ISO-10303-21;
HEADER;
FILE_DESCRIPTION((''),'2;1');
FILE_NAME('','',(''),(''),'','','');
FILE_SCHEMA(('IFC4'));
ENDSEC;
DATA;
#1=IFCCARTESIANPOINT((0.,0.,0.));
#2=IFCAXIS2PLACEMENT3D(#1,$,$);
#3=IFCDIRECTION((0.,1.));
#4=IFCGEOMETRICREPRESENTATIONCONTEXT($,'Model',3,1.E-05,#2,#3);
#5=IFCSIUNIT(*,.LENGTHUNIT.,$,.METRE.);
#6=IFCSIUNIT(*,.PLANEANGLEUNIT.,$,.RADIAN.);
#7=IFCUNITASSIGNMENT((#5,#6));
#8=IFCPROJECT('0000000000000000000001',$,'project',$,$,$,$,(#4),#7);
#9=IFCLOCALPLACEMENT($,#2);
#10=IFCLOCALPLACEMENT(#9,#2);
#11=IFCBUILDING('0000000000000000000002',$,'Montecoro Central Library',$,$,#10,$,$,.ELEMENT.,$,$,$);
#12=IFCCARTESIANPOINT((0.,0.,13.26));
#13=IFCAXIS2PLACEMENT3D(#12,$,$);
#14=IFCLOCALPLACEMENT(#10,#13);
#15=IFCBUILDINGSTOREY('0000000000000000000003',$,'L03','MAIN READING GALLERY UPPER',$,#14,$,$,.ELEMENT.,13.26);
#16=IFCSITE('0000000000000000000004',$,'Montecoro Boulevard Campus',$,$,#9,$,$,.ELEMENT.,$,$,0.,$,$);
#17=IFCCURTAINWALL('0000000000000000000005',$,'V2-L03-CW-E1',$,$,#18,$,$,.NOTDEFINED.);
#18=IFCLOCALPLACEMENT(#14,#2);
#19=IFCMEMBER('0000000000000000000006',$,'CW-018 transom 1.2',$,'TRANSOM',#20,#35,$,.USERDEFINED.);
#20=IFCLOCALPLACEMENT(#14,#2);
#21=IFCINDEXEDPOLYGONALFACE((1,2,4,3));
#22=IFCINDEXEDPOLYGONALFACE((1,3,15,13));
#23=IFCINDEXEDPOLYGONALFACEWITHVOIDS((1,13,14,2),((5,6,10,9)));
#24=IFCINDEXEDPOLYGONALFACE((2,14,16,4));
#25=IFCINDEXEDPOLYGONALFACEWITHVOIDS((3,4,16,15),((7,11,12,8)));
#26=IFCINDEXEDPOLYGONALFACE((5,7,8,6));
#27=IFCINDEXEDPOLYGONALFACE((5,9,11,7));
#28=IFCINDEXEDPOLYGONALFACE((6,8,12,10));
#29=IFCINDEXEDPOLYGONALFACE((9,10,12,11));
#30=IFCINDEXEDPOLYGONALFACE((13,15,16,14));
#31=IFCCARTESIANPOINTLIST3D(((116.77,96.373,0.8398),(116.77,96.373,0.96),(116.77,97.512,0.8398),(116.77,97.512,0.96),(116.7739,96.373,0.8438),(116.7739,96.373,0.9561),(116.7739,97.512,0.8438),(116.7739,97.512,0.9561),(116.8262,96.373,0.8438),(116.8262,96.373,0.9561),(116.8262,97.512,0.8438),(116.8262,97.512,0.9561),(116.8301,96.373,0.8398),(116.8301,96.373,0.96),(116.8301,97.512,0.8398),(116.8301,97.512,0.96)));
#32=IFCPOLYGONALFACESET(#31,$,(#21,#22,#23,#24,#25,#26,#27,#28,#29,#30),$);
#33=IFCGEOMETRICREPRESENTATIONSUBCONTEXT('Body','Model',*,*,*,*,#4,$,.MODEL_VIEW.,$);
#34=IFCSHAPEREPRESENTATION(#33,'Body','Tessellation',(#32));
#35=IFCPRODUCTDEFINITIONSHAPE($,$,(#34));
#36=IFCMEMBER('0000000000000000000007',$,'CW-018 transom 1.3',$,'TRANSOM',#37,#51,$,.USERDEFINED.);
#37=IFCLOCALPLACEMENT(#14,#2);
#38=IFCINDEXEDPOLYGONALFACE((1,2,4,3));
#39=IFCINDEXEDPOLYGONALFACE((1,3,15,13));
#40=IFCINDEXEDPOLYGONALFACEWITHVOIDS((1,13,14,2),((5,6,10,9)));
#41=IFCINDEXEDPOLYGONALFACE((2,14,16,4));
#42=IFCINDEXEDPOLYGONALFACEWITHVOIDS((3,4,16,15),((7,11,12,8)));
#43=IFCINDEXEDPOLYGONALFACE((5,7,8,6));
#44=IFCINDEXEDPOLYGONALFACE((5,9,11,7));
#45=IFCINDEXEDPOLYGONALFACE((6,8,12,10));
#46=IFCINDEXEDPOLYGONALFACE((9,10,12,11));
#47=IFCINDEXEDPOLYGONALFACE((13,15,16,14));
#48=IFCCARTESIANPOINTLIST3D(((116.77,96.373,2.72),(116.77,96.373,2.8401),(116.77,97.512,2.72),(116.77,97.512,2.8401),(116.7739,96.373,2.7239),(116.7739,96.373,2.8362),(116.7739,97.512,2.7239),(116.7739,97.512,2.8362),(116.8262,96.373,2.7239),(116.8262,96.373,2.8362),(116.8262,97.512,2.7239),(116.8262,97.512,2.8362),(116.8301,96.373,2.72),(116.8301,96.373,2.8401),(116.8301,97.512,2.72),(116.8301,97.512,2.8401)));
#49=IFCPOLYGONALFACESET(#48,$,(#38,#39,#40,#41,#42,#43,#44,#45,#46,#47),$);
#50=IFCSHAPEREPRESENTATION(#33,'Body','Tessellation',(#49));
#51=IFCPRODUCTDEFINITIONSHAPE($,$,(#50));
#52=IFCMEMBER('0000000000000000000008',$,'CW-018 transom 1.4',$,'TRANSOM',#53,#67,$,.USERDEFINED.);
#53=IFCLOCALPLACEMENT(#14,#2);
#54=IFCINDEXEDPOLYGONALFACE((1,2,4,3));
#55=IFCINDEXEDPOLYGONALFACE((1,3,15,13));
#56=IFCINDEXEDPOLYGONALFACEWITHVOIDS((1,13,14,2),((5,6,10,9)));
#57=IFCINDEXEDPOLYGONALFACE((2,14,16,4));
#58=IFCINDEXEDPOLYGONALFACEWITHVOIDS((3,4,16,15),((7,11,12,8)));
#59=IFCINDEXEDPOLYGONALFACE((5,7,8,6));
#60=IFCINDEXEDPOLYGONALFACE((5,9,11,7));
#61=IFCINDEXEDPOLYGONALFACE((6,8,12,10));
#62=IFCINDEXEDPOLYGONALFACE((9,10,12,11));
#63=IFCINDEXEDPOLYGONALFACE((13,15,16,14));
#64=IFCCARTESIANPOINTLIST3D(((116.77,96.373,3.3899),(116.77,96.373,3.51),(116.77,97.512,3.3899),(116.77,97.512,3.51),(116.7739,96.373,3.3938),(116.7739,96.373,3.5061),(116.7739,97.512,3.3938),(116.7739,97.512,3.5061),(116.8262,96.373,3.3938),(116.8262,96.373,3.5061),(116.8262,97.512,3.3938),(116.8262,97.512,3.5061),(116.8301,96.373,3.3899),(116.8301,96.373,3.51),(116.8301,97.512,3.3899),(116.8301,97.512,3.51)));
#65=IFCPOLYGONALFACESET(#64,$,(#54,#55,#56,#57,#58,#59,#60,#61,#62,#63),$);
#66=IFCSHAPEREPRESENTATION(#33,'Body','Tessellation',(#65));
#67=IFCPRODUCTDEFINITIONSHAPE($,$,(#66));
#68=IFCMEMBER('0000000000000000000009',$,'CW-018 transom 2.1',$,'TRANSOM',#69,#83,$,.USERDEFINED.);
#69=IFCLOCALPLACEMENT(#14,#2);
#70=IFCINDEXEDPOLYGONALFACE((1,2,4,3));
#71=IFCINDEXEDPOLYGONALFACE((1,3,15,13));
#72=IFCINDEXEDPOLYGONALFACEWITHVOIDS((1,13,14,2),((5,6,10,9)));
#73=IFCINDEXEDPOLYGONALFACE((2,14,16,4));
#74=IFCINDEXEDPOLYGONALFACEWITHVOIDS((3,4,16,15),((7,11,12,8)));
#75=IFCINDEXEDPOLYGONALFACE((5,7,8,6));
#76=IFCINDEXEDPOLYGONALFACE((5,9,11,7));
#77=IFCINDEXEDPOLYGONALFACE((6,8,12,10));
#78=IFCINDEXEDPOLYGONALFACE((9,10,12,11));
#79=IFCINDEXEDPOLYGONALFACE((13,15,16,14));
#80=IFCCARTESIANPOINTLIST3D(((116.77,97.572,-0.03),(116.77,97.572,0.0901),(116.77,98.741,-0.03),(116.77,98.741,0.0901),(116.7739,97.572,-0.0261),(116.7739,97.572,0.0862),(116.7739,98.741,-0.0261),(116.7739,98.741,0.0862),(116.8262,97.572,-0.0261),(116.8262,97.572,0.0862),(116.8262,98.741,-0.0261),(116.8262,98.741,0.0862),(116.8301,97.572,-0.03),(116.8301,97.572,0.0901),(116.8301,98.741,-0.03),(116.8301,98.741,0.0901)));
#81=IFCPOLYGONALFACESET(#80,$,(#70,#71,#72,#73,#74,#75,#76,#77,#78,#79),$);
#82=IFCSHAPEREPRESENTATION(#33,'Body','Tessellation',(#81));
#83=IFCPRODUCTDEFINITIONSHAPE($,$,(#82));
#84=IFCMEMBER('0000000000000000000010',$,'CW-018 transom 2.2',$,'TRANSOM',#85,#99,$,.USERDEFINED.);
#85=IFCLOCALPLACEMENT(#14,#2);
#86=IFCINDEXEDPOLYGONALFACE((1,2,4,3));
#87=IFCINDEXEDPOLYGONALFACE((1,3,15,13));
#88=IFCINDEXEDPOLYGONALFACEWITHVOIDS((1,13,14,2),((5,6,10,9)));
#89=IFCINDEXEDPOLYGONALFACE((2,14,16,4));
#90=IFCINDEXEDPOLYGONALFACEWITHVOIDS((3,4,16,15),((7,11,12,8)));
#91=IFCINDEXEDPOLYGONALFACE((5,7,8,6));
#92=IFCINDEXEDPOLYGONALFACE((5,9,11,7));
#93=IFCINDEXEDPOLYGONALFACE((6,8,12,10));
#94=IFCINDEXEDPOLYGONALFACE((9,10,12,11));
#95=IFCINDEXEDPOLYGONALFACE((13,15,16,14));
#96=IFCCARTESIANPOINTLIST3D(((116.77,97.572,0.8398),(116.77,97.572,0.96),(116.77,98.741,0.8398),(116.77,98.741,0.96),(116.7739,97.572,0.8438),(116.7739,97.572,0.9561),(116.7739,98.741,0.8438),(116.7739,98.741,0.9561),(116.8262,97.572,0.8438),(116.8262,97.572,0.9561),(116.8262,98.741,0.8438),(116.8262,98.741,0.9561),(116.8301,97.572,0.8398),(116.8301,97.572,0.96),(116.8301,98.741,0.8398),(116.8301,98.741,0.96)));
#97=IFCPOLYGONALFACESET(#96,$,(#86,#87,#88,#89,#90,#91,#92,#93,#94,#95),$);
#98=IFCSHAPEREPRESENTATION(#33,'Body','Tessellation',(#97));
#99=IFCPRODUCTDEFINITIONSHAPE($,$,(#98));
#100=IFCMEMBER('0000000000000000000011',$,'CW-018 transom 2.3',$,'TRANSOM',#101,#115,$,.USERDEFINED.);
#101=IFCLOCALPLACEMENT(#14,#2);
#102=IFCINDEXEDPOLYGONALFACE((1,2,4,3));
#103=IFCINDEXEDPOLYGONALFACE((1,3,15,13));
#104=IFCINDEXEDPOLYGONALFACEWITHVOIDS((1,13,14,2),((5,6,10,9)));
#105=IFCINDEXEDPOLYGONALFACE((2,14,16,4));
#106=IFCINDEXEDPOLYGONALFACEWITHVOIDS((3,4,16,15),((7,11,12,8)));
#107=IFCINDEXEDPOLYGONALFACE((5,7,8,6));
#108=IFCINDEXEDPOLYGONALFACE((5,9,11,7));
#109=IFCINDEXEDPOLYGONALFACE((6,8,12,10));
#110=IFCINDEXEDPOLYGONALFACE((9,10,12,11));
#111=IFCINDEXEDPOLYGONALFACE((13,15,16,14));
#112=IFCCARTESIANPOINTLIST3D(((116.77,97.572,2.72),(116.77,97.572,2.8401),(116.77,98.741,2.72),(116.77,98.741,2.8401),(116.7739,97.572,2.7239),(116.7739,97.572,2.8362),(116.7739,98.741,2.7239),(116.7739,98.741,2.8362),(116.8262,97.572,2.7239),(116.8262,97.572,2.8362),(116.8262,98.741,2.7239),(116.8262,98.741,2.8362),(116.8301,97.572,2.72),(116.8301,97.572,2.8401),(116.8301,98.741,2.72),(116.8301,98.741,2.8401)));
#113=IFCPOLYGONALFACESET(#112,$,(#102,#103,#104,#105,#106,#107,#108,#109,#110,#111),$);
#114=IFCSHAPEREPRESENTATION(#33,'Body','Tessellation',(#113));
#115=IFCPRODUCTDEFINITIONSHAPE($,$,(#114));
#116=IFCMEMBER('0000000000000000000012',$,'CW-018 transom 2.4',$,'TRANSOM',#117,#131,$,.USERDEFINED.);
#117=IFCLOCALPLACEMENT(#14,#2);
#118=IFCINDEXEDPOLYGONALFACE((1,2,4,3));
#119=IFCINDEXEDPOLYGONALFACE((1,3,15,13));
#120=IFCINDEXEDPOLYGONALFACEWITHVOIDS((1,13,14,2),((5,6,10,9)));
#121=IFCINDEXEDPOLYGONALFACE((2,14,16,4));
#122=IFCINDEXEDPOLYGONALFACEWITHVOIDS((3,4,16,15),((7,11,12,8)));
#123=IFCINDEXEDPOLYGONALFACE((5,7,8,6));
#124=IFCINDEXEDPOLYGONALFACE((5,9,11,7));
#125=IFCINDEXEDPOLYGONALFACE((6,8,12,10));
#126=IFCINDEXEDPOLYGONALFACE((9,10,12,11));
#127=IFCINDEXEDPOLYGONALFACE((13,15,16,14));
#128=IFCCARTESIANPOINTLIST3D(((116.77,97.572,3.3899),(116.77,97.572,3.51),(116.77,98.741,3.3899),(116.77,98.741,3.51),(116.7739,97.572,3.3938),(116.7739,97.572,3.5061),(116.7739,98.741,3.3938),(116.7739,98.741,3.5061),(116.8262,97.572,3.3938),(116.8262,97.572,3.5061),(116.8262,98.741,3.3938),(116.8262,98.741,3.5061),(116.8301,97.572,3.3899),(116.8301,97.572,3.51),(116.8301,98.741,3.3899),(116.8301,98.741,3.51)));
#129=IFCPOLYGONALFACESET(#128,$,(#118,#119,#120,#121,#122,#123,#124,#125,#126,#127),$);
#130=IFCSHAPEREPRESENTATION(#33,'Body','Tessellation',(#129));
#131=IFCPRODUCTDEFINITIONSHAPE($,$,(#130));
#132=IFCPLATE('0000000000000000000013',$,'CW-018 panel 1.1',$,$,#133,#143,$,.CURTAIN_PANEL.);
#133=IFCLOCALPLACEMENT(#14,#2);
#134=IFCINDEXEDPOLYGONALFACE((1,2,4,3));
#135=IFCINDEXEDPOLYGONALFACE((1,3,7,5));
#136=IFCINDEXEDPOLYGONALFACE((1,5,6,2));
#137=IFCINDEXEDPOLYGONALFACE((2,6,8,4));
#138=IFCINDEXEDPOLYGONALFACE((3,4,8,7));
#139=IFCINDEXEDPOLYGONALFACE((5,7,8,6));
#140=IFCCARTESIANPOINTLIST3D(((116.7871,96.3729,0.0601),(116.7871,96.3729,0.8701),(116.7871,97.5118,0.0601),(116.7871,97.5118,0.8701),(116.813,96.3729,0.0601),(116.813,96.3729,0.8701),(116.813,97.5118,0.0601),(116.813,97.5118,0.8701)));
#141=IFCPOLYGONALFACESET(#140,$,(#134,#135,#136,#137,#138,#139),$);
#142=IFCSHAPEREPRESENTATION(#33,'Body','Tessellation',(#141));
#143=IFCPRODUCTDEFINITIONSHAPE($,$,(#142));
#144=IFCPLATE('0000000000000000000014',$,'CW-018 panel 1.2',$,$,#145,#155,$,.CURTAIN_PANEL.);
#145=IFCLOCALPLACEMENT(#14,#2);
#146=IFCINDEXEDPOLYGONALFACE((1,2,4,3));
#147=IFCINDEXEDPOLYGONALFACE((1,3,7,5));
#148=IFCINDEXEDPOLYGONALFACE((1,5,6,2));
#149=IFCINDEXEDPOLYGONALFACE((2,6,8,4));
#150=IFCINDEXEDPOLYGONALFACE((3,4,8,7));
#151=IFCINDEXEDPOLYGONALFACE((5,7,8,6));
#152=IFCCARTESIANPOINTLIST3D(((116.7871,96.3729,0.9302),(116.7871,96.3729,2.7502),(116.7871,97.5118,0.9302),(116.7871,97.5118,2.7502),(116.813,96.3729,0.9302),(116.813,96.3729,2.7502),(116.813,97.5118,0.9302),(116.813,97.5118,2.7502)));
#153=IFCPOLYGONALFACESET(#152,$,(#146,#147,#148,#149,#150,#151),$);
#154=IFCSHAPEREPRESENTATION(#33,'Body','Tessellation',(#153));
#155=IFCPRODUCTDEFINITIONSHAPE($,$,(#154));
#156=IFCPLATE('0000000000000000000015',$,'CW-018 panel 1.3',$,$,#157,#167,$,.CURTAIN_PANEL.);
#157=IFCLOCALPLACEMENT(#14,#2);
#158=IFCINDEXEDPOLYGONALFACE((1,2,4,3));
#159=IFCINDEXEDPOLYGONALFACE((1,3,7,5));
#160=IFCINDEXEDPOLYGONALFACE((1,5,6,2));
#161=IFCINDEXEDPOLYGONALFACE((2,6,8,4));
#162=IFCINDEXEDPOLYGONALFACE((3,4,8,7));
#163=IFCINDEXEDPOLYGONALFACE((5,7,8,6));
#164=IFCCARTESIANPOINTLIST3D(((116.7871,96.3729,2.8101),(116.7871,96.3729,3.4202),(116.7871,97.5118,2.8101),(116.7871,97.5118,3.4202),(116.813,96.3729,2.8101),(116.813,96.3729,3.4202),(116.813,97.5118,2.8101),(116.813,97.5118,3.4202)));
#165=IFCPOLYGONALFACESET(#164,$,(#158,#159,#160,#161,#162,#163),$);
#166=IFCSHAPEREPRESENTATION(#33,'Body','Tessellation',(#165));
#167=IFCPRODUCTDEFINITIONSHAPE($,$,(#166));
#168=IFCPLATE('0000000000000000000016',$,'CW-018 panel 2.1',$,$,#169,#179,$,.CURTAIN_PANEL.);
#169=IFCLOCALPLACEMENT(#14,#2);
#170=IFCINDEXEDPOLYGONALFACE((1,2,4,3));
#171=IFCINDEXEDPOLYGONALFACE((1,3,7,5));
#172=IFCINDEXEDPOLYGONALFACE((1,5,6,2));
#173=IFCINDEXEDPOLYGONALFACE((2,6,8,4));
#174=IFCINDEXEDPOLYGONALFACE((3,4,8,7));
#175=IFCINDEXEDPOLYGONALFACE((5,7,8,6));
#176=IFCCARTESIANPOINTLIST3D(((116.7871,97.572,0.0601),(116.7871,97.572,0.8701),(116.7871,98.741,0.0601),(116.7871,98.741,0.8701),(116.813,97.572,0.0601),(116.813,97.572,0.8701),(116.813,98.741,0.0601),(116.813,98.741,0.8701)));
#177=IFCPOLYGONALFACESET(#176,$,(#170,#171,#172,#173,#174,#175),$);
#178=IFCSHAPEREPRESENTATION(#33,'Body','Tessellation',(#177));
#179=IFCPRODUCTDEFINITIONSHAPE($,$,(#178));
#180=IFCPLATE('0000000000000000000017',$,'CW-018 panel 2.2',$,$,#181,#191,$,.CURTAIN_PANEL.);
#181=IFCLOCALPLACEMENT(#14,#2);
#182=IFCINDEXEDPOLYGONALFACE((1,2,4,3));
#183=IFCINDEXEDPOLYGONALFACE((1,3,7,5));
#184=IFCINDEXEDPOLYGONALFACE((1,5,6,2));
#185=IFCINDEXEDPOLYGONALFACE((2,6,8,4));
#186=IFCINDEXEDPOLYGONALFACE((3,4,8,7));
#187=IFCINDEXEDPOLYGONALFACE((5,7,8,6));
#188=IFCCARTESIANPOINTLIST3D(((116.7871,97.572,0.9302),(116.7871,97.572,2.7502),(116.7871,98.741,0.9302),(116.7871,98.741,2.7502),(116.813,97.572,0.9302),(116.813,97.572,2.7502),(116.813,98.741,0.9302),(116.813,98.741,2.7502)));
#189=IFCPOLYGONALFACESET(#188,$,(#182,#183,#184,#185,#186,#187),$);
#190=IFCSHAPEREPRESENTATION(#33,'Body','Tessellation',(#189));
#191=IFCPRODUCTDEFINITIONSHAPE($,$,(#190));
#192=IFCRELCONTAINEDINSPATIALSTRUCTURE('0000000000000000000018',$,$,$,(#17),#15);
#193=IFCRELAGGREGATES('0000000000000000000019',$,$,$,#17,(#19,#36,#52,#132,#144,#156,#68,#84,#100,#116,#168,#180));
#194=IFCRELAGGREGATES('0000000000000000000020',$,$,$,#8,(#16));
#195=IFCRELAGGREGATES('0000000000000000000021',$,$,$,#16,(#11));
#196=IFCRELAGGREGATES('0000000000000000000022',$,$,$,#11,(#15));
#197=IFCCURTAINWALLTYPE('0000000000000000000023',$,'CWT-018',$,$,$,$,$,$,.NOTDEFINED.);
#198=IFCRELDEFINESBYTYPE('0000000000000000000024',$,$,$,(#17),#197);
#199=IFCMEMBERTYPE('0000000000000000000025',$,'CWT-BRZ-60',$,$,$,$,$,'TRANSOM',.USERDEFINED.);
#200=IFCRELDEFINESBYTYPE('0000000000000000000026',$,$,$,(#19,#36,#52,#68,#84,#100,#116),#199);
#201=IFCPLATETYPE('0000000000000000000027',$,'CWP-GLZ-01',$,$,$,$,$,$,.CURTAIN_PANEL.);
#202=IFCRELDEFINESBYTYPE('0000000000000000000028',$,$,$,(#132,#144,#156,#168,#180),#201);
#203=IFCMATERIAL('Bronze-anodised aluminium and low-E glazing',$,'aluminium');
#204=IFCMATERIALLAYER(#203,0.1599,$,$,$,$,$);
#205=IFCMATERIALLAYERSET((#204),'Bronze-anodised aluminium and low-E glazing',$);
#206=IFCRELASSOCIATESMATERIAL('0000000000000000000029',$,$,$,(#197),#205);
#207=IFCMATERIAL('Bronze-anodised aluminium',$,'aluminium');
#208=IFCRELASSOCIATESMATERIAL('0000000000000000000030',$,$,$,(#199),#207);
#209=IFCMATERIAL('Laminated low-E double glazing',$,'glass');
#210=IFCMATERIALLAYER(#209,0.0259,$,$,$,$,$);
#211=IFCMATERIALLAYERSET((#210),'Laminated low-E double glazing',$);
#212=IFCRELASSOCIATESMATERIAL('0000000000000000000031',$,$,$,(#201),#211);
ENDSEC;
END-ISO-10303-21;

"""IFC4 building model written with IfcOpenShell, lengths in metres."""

from ifc_helpers import new_model, si_unit, direction, frame, origin, origin_2d, place, context, subcontext, project, spatial, rectangle, hollow_rectangle, extrude, material, layer, layer_set, material_profile, profile_set, type_object, element, aggregate, save


model = new_model("IFC4")

# Units and contexts
model_context = context("Model", 3, precision=1e-05, world=origin(), true_north=direction((0.0, 1.0)))
body_context = subcontext(model_context, "Body", "Model", "MODEL_VIEW")
ifc_project = project(units=[si_unit("LENGTHUNIT", "METRE"), si_unit("PLANEANGLEUNIT", "RADIAN")], contexts=[model_context])

# Site, building, storey
site_placement = place(None, origin())
site = spatial("IfcSite", under=ifc_project, at=site_placement, Name="Montecoro Boulevard Campus", CompositionType="ELEMENT", RefElevation=0.0)
building_placement = place(site_placement, origin())
building = spatial("IfcBuilding", under=site, at=building_placement, Name="Montecoro Central Library", CompositionType="ELEMENT")
storey_placement = place(building_placement, frame((0.0, 0.0, 13.26)))
storey = spatial("IfcBuildingStorey", under=building, at=storey_placement, Name="L03", Description="MAIN READING GALLERY UPPER", CompositionType="ELEMENT", Elevation=13.26)

# Curtain wall, members, plates
ifc_material_1 = material(Name="Bronze-anodised aluminium and low-E glazing", Category="aluminium")
ifc_layer_1 = layer(ifc_material_1, 0.1599)
ifc_layer_set_1 = layer_set([ifc_layer_1], Name="Bronze-anodised aluminium and low-E glazing")
curtain_wall_type = type_object("IfcCurtainWallType", Name="CWT-018", PredefinedType="NOTDEFINED", material=ifc_layer_set_1)
curtain_wall_placement = place(storey_placement, origin())
curtain_wall = element("IfcCurtainWall", 1, at=curtain_wall_placement, inside=storey, type_object=curtain_wall_type, Name="V2-L03-CW-E1", PredefinedType="NOTDEFINED")
ifc_material_2 = material(Name="Bronze-anodised aluminium", Category="aluminium")
ifc_material_profile_1 = material_profile(ifc_material_2, hollow_rectangle(XDim=0.0601, YDim=0.1201, WallThickness=0.0039, at=origin_2d()), Name="CWT 120x60x4.0")
ifc_profile_set_1 = profile_set([ifc_material_profile_1], Name="Bronze-anodised aluminium")
member_type_1 = type_object("IfcMemberType", Name="CWT-BRZ-60", ElementType="TRANSOM", PredefinedType="USERDEFINED", material=ifc_profile_set_1)
member_1_placement = place(storey_placement, frame((116.8, 96.373, 0.8999), z_axis=(0.0, 1.0, 0.0), x_axis=(-1.0, 0.0, 0.0)))
member_1 = element("IfcMember", 2, at=member_1_placement, type_object=member_type_1, Name="CW-018 transom 1.2", ObjectType="TRANSOM", PredefinedType="USERDEFINED", context=body_context, shape_type="SweptSolid", body=[
    extrude(hollow_rectangle(XDim=0.0601, YDim=0.1201, WallThickness=0.0039, at=origin_2d()), origin(), (0.0, 0.0, 1.0), 1.1389),
])
member_2_placement = place(storey_placement, frame((116.8, 96.373, 2.78), z_axis=(0.0, 1.0, 0.0), x_axis=(-1.0, 0.0, 0.0)))
member_2 = element("IfcMember", 3, at=member_2_placement, type_object=member_type_1, Name="CW-018 transom 1.3", ObjectType="TRANSOM", PredefinedType="USERDEFINED", context=body_context, shape_type="SweptSolid", body=[
    extrude(hollow_rectangle(XDim=0.0601, YDim=0.1201, WallThickness=0.0039, at=origin_2d()), origin(), (0.0, 0.0, 1.0), 1.1389),
])
member_3_placement = place(storey_placement, frame((116.8, 96.373, 3.45), z_axis=(0.0, 1.0, 0.0), x_axis=(-1.0, 0.0, 0.0)))
member_3 = element("IfcMember", 4, at=member_3_placement, type_object=member_type_1, Name="CW-018 transom 1.4", ObjectType="TRANSOM", PredefinedType="USERDEFINED", context=body_context, shape_type="SweptSolid", body=[
    extrude(hollow_rectangle(XDim=0.0601, YDim=0.1201, WallThickness=0.0039, at=origin_2d()), origin(), (0.0, 0.0, 1.0), 1.1389),
])
member_4_placement = place(storey_placement, frame((116.8, 97.572, 0.03), z_axis=(0.0, 1.0, 0.0), x_axis=(-1.0, 0.0, 0.0)))
member_4 = element("IfcMember", 5, at=member_4_placement, type_object=member_type_1, Name="CW-018 transom 2.1", ObjectType="TRANSOM", PredefinedType="USERDEFINED", context=body_context, shape_type="SweptSolid", body=[
    extrude(hollow_rectangle(XDim=0.0601, YDim=0.1201, WallThickness=0.0039, at=origin_2d()), origin(), (0.0, 0.0, 1.0), 1.1689),
])
member_5_placement = place(storey_placement, frame((116.8, 97.572, 0.8999), z_axis=(0.0, 1.0, 0.0), x_axis=(-1.0, 0.0, 0.0)))
member_5 = element("IfcMember", 6, at=member_5_placement, type_object=member_type_1, Name="CW-018 transom 2.2", ObjectType="TRANSOM", PredefinedType="USERDEFINED", context=body_context, shape_type="SweptSolid", body=[
    extrude(hollow_rectangle(XDim=0.0601, YDim=0.1201, WallThickness=0.0039, at=origin_2d()), origin(), (0.0, 0.0, 1.0), 1.1689),
])
member_6_placement = place(storey_placement, frame((116.8, 97.572, 2.78), z_axis=(0.0, 1.0, 0.0), x_axis=(-1.0, 0.0, 0.0)))
member_6 = element("IfcMember", 7, at=member_6_placement, type_object=member_type_1, Name="CW-018 transom 2.3", ObjectType="TRANSOM", PredefinedType="USERDEFINED", context=body_context, shape_type="SweptSolid", body=[
    extrude(hollow_rectangle(XDim=0.0601, YDim=0.1201, WallThickness=0.0039, at=origin_2d()), origin(), (0.0, 0.0, 1.0), 1.1689),
])
member_7_placement = place(storey_placement, frame((116.8, 97.572, 3.45), z_axis=(0.0, 1.0, 0.0), x_axis=(-1.0, 0.0, 0.0)))
member_7 = element("IfcMember", 8, at=member_7_placement, type_object=member_type_1, Name="CW-018 transom 2.4", ObjectType="TRANSOM", PredefinedType="USERDEFINED", context=body_context, shape_type="SweptSolid", body=[
    extrude(hollow_rectangle(XDim=0.0601, YDim=0.1201, WallThickness=0.0039, at=origin_2d()), origin(), (0.0, 0.0, 1.0), 1.1689),
])
ifc_material_3 = material(Name="Laminated low-E double glazing", Category="glass")
ifc_layer_2 = layer(ifc_material_3, 0.0259)
ifc_layer_set_2 = layer_set([ifc_layer_2], Name="Laminated low-E double glazing")
plate_type = type_object("IfcPlateType", Name="CWP-GLZ-01", PredefinedType="CURTAIN_PANEL", material=ifc_layer_set_2)
plate_1_placement = place(storey_placement, frame((116.8, 96.9424, 0.0601), z_axis=(0.0, 0.0, 1.0), x_axis=(0.0, 1.0, 0.0)))
plate_1 = element("IfcPlate", 9, at=plate_1_placement, type_object=plate_type, Name="CW-018 panel 1.1", PredefinedType="CURTAIN_PANEL", context=body_context, shape_type="SweptSolid", body=[
    extrude(rectangle(XDim=1.1389, YDim=0.0259, at=origin_2d()), origin(), (0.0, 0.0, 1.0), 0.8101),
])
plate_2_placement = place(storey_placement, frame((116.8, 96.9424, 0.9302), z_axis=(0.0, 0.0, 1.0), x_axis=(0.0, 1.0, 0.0)))
plate_2 = element("IfcPlate", 10, at=plate_2_placement, type_object=plate_type, Name="CW-018 panel 1.2", PredefinedType="CURTAIN_PANEL", context=body_context, shape_type="SweptSolid", body=[
    extrude(rectangle(XDim=1.1389, YDim=0.0259, at=origin_2d()), origin(), (0.0, 0.0, 1.0), 1.8201),
])
plate_3_placement = place(storey_placement, frame((116.8, 96.9424, 2.8101), z_axis=(0.0, 0.0, 1.0), x_axis=(0.0, 1.0, 0.0)))
plate_3 = element("IfcPlate", 11, at=plate_3_placement, type_object=plate_type, Name="CW-018 panel 1.3", PredefinedType="CURTAIN_PANEL", context=body_context, shape_type="SweptSolid", body=[
    extrude(rectangle(XDim=1.1389, YDim=0.0259, at=origin_2d()), origin(), (0.0, 0.0, 1.0), 0.6101),
])
plate_4_placement = place(storey_placement, frame((116.8, 98.1565, 0.0601), z_axis=(0.0, 0.0, 1.0), x_axis=(0.0, 1.0, 0.0)))
plate_4 = element("IfcPlate", 12, at=plate_4_placement, type_object=plate_type, Name="CW-018 panel 2.1", PredefinedType="CURTAIN_PANEL", context=body_context, shape_type="SweptSolid", body=[
    extrude(rectangle(XDim=1.1689, YDim=0.0259, at=origin_2d()), origin(), (0.0, 0.0, 1.0), 0.8101),
])
plate_5_placement = place(storey_placement, frame((116.8, 98.1565, 0.9302), z_axis=(0.0, 0.0, 1.0), x_axis=(0.0, 1.0, 0.0)))
plate_5 = element("IfcPlate", 13, at=plate_5_placement, type_object=plate_type, Name="CW-018 panel 2.2", PredefinedType="CURTAIN_PANEL", context=body_context, shape_type="SweptSolid", body=[
    extrude(rectangle(XDim=1.1689, YDim=0.0259, at=origin_2d()), origin(), (0.0, 0.0, 1.0), 1.8201),
])
aggregate(curtain_wall, [member_1, member_2, member_3, plate_1, plate_2, plate_3, member_4, member_5, member_6, member_7, plate_4, plate_5])

save(model, "model.ifc")
